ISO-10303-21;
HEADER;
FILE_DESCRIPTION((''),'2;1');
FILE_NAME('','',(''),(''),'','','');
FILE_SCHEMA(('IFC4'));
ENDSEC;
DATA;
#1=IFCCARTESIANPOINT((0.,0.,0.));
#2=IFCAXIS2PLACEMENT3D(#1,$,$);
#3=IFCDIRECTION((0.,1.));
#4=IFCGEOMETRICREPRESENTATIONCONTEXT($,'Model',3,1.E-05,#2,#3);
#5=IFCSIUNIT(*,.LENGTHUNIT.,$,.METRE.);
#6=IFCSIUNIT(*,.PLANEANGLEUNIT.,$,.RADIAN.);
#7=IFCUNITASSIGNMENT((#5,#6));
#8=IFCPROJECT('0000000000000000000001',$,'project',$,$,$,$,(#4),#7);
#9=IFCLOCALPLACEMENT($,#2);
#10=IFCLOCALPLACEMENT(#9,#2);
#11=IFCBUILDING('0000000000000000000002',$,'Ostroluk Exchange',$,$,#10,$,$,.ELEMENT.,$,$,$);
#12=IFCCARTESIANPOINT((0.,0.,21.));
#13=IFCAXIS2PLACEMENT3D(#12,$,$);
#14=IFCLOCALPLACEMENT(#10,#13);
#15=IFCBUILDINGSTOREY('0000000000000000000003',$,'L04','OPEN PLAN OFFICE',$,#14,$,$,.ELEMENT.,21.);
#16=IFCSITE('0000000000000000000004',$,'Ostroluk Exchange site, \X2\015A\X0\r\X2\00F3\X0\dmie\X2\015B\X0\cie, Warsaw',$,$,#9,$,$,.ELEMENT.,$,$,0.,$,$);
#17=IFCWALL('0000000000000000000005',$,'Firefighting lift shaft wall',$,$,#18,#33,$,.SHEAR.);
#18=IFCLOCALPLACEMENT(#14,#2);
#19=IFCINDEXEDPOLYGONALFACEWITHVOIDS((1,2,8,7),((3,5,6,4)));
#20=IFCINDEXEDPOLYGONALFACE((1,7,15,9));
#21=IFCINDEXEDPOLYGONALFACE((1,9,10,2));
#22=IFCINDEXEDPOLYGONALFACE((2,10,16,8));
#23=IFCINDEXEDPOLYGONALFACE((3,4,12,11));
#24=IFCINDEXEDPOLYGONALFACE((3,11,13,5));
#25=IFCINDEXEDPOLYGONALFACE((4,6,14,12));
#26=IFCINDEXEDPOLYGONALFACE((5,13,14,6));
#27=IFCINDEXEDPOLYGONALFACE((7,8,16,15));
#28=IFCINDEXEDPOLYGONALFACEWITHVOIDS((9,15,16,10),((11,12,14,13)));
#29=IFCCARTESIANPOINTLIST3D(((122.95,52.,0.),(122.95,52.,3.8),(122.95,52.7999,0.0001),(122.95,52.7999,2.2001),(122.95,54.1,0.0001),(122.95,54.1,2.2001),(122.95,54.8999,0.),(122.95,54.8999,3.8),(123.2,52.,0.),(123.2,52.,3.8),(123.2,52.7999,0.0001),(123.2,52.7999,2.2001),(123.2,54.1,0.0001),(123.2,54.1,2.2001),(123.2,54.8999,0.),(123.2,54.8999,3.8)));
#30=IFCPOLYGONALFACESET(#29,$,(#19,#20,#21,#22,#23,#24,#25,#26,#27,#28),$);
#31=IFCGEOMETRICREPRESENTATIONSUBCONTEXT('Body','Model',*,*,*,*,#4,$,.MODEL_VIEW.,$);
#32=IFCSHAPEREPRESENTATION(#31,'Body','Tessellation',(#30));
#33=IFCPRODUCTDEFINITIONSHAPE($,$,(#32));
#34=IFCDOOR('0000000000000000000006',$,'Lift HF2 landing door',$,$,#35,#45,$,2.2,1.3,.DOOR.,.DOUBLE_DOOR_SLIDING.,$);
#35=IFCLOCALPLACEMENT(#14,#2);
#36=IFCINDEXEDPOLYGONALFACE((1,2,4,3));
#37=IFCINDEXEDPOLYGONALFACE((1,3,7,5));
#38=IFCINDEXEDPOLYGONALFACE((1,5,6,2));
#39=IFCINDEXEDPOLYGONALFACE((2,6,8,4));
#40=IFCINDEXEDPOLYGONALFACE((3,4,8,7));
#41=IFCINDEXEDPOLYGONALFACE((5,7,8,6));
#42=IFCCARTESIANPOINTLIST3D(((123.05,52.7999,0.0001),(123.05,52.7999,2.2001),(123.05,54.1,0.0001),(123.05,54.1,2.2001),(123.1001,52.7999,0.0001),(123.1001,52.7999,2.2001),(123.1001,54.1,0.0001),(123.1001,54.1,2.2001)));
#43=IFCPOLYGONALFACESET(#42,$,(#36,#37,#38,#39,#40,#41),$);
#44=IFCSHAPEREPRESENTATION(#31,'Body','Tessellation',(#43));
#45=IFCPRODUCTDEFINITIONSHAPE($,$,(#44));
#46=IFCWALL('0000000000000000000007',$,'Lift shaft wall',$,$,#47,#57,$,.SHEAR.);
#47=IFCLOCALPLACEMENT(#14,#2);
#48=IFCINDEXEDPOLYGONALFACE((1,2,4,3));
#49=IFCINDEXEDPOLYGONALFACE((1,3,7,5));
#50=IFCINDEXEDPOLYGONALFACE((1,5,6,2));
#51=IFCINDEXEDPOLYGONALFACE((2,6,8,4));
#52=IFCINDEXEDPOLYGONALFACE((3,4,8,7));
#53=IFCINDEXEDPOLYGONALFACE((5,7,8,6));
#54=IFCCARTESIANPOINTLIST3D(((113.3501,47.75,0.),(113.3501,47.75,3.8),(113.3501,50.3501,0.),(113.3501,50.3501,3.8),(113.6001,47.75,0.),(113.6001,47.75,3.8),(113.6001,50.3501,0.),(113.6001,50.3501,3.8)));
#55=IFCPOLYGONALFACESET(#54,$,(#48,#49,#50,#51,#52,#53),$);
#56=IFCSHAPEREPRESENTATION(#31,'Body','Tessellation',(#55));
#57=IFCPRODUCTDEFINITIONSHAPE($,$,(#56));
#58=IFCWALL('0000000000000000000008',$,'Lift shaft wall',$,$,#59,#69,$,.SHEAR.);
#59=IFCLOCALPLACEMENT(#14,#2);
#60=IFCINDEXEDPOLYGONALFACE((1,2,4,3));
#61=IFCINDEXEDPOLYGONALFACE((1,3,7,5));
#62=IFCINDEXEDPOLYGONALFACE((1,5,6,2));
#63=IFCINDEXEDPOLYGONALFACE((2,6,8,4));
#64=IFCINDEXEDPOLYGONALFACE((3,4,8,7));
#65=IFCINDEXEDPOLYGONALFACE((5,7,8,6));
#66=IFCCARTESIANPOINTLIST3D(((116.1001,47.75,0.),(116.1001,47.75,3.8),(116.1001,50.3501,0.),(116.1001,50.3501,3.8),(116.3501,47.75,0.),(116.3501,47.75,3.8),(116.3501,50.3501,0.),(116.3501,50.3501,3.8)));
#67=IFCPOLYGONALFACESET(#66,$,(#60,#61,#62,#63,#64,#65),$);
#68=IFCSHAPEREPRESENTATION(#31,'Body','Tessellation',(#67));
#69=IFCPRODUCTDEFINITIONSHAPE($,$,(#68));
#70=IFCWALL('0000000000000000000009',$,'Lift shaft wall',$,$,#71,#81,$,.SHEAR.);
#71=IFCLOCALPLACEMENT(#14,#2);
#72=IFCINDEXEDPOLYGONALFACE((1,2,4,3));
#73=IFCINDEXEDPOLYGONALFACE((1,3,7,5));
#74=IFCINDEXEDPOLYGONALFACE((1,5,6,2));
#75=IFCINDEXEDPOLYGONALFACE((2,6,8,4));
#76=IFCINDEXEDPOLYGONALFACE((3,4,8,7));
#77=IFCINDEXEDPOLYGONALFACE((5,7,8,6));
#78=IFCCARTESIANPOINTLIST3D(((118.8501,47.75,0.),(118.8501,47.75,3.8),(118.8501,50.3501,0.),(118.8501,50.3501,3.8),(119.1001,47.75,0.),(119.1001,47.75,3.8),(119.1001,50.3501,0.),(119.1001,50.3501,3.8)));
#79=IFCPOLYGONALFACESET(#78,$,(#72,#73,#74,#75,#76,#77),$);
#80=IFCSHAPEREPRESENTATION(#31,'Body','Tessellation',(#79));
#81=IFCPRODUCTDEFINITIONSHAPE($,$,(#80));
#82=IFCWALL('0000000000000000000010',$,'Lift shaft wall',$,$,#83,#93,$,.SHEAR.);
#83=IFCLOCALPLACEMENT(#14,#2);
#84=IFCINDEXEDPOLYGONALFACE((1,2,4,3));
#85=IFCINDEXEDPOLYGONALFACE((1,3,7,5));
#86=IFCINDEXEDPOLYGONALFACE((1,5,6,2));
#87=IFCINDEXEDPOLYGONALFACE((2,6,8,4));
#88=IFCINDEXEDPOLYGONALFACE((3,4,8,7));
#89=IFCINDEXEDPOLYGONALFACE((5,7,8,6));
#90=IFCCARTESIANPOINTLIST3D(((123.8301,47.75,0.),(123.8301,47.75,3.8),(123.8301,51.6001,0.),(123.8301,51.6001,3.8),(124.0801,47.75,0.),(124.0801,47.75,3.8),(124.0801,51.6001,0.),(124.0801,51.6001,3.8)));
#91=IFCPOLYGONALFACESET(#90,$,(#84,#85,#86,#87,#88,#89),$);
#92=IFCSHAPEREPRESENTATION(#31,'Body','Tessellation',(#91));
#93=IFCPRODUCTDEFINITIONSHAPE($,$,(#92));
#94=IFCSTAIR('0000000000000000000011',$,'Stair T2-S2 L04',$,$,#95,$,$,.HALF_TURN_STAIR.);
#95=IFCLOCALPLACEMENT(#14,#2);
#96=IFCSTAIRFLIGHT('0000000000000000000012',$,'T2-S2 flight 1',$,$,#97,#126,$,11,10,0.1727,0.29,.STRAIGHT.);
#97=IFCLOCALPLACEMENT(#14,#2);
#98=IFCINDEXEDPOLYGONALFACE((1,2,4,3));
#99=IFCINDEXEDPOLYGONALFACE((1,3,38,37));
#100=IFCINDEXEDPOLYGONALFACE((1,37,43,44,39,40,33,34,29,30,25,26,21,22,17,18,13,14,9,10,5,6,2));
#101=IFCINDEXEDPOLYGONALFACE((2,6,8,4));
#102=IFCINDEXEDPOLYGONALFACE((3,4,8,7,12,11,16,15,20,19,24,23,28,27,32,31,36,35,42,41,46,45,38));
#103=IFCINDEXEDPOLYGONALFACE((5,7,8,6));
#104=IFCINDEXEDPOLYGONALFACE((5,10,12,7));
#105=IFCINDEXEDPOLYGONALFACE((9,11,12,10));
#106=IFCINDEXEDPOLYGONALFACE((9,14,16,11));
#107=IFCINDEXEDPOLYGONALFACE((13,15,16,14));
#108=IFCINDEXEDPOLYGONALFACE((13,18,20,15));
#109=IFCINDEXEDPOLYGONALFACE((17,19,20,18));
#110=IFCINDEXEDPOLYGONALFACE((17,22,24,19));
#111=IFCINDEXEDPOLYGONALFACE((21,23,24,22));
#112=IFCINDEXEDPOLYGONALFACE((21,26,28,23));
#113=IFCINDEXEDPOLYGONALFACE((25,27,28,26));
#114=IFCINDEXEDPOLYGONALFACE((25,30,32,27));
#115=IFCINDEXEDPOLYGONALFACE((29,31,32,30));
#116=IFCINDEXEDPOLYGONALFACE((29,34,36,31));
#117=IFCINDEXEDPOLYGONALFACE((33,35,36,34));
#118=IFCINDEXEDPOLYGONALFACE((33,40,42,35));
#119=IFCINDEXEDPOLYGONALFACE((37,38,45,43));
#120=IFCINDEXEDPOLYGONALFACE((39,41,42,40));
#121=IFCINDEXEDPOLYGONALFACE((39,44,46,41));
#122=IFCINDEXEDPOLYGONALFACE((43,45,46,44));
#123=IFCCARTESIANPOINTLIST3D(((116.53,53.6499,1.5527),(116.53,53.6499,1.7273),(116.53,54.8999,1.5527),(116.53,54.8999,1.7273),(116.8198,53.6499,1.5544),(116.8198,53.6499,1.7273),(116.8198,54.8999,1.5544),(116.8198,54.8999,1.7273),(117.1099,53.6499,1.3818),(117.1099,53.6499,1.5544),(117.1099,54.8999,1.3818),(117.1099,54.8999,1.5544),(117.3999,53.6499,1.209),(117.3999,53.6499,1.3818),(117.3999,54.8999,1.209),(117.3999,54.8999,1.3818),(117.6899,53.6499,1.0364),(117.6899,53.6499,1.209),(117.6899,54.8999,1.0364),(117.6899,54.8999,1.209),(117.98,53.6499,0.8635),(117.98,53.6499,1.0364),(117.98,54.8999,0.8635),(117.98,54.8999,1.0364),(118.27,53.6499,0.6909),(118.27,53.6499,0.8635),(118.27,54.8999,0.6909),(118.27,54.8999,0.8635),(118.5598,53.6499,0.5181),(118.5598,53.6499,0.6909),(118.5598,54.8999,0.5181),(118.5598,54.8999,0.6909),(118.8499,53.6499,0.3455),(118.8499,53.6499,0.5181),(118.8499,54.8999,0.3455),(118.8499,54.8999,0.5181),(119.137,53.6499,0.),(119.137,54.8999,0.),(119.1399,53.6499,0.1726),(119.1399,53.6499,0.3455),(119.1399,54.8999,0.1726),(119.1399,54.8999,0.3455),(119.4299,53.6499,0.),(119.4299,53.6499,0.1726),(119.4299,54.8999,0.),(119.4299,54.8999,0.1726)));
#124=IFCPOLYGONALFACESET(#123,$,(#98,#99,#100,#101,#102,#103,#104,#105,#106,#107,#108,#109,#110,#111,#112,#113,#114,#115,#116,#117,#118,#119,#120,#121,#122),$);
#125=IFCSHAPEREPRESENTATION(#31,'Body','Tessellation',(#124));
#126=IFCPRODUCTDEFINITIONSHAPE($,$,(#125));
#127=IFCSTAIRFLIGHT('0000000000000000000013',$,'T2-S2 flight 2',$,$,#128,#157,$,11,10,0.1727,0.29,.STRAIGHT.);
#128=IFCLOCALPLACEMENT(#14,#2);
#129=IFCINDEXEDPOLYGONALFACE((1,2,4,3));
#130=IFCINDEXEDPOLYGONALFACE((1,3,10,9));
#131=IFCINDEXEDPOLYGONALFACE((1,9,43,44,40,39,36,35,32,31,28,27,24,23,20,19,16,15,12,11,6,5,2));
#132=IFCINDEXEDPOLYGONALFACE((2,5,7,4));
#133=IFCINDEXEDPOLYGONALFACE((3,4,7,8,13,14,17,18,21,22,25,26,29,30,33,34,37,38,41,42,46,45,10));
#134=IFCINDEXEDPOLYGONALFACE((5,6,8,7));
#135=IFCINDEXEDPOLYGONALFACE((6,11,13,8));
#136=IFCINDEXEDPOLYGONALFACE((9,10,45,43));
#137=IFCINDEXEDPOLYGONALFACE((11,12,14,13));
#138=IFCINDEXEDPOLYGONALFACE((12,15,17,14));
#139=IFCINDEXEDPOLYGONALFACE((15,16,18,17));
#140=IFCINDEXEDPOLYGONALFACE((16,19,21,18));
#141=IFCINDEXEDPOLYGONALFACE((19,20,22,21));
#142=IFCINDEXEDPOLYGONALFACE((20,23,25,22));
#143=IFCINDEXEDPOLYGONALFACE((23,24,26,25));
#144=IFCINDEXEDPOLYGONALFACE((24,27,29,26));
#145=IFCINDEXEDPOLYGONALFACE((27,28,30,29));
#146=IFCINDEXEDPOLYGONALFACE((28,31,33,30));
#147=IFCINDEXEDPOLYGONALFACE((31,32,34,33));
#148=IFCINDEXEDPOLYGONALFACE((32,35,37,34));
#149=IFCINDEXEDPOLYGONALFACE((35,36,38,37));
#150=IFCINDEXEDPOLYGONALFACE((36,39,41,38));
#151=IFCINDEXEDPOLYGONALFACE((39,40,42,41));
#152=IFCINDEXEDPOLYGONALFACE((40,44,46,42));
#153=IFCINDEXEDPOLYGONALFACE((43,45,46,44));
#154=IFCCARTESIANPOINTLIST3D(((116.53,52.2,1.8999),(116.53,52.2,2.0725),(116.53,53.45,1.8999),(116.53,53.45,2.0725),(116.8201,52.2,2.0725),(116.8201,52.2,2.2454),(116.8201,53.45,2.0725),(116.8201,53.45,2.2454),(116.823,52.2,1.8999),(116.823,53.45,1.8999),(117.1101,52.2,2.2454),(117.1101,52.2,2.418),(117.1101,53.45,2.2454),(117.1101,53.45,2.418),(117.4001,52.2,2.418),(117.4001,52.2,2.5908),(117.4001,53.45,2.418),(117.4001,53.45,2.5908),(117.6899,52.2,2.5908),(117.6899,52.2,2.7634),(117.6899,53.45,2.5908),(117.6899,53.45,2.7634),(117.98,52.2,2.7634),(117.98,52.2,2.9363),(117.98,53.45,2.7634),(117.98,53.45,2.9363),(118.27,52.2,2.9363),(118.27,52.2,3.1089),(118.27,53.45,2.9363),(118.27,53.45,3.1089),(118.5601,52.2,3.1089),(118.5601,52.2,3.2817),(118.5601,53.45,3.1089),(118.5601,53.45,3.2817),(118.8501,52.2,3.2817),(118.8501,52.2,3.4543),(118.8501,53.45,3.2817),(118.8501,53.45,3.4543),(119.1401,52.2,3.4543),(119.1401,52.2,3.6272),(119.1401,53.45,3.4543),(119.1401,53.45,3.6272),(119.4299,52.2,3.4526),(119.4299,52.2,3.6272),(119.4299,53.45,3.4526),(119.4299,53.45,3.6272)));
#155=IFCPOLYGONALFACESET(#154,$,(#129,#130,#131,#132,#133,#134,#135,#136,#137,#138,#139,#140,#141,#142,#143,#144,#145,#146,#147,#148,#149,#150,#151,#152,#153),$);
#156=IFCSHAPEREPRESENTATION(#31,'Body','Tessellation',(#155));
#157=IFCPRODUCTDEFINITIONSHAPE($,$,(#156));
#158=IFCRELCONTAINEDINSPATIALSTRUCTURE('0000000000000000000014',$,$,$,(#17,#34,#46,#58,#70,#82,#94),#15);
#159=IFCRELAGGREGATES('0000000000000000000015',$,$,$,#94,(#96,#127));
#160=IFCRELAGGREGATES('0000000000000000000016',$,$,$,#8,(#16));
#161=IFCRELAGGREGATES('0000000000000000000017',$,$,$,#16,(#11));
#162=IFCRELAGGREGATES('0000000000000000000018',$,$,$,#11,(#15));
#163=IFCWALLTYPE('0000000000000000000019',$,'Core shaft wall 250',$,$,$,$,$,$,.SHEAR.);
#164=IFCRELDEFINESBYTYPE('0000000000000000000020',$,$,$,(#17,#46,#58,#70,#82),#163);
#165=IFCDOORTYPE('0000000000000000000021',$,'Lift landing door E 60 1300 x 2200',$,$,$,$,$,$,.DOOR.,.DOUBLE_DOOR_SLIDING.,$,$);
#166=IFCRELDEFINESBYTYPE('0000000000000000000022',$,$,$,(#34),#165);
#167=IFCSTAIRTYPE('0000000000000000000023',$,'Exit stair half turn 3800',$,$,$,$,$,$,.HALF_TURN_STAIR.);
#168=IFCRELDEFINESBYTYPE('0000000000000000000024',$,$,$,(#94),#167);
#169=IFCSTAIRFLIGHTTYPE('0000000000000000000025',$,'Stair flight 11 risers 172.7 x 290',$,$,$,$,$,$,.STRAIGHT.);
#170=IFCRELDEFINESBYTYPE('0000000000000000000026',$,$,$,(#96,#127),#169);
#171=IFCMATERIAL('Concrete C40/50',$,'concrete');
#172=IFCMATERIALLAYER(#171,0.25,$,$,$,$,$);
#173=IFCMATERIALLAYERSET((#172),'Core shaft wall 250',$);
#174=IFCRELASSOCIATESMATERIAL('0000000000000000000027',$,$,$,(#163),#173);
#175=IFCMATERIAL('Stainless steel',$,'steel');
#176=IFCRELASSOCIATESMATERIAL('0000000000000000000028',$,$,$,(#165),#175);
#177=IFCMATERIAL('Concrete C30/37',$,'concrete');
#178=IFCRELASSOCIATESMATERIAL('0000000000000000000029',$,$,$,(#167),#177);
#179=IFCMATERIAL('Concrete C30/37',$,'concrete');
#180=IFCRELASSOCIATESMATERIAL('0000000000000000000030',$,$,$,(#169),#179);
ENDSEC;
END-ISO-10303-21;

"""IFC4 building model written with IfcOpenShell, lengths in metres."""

from ifc_helpers import new_model, si_unit, direction, frame, frame_2d, origin, place, context, subcontext, project, spatial, polyline, rectangle, outline, extrude, material, layer, layer_set, type_object, element, fill, aggregate, save


model = new_model("IFC4")

# Units and contexts
model_context = context("Model", 3, precision=1e-05, world=origin(), true_north=direction((0.0, 1.0)))
body_context = subcontext(model_context, "Body", "Model", "MODEL_VIEW")
ifc_project = project(units=[si_unit("LENGTHUNIT", "METRE"), si_unit("PLANEANGLEUNIT", "RADIAN")], contexts=[model_context])

# Site, building, storey
site_placement = place(None, origin())
site = spatial("IfcSite", under=ifc_project, at=site_placement, Name="Ostroluk Exchange site, Śródmieście, Warsaw", CompositionType="ELEMENT", RefElevation=0.0)
building_placement = place(site_placement, origin())
building = spatial("IfcBuilding", under=site, at=building_placement, Name="Ostroluk Exchange", CompositionType="ELEMENT")
storey_placement = place(building_placement, frame((0.0, 0.0, 21.0)))
storey = spatial("IfcBuildingStorey", under=building, at=storey_placement, Name="L04", Description="OPEN PLAN OFFICE", CompositionType="ELEMENT", Elevation=21.0)

# Shared definitions
ifc_material_1 = material(Name="Concrete C40/50", Category="concrete")
ifc_layer_1 = layer(ifc_material_1, 0.25)
ifc_layer_set_1 = layer_set([ifc_layer_1], Name="Core shaft wall 250")
wall_type_1 = type_object("IfcWallType", Name="Core shaft wall 250", PredefinedType="SHEAR", material=ifc_layer_set_1)

# Wall, opening, door
wall_1_placement = place(storey_placement, frame((123.075, 52.0, 0.0), z_axis=(0.0, 0.0, 1.0), x_axis=(0.0, 1.0, 0.0)))
wall_1 = element("IfcWall", 1, at=wall_1_placement, inside=storey, type_object=wall_type_1, Name="Firefighting lift shaft wall", PredefinedType="SHEAR", context=body_context, shape_type="SweptSolid", body=[
    extrude(rectangle(XDim=2.8999, YDim=0.25, at=frame_2d((1.45, 0.0))), origin(), (0.0, 0.0, 1.0), 3.8),
])
opening_1_placement = place(wall_1_placement, frame((0.8, 0.0, 0.0)))
opening_1 = element("IfcOpeningElement", 2, at=opening_1_placement, cuts=wall_1, PredefinedType="OPENING", context=body_context, shape_type="SweptSolid", body=[
    extrude(rectangle(XDim=1.3, YDim=2.2, at=frame_2d((0.6499, 1.1001))), frame((0.0, 0.135, 0.0), z_axis=(0.0, -1.0, 0.0), x_axis=(1.0, 0.0, 0.0)), (0.0, 0.0, 1.0), 0.27),
])
ifc_material_2 = material(Name="Stainless steel", Category="steel")
door_type_1 = type_object("IfcDoorType", Name="Lift landing door E 60 1300 x 2200", OperationType="DOUBLE_DOOR_SLIDING", PredefinedType="DOOR", material=ifc_material_2)
door_1_placement = place(opening_1_placement, origin())
door_1 = element("IfcDoor", 3, at=door_1_placement, inside=storey, type_object=door_type_1, Name="Lift HF2 landing door", OperationType="DOUBLE_DOOR_SLIDING", OverallHeight=2.2, OverallWidth=1.3, PredefinedType="DOOR", context=body_context, shape_type="SweptSolid", body=[
    extrude(rectangle(XDim=1.3, YDim=2.2, at=frame_2d((0.6499, 1.1001))), frame((0.0, 0.0249, 0.0), z_axis=(0.0, -1.0, 0.0), x_axis=(1.0, 0.0, 0.0)), (0.0, 0.0, 1.0), 0.05),
])
fill(opening_1, door_1)

# Walls
for number, where, z_axis, x_axis, name in (
    (4, (113.4751, 47.75, 0.0), (0.0, 0.0, 1.0), (0.0, 1.0, 0.0), "Lift shaft wall"),
    (5, (116.2251, 47.75, 0.0), (0.0, 0.0, 1.0), (0.0, 1.0, 0.0), "Lift shaft wall"),
    (6, (118.9751, 47.75, 0.0), (0.0, 0.0, 1.0), (0.0, 1.0, 0.0), "Lift shaft wall"),
):
    element("IfcWall", number, at=place(storey_placement, frame(where, z_axis=z_axis, x_axis=x_axis)), inside=storey, type_object=wall_type_1, Name=name, PredefinedType="SHEAR", context=body_context, shape_type="SweptSolid", body=[
        extrude(rectangle(XDim=2.6001, YDim=0.25, at=frame_2d((1.3, 0.0))), origin(), (0.0, 0.0, 1.0), 3.8),
    ])
wall_2_placement = place(storey_placement, frame((123.9551, 47.75, 0.0), z_axis=(0.0, 0.0, 1.0), x_axis=(0.0, 1.0, 0.0)))
element("IfcWall", 7, at=wall_2_placement, inside=storey, type_object=wall_type_1, Name="Lift shaft wall", PredefinedType="SHEAR", context=body_context, shape_type="SweptSolid", body=[
    extrude(rectangle(XDim=3.8501, YDim=0.25, at=frame_2d((1.925, 0.0))), origin(), (0.0, 0.0, 1.0), 3.8),
])

# Stair, stair flights
ifc_material_3 = material(Name="Concrete C30/37", Category="concrete")
stair_type = type_object("IfcStairType", Name="Exit stair half turn 3800", PredefinedType="HALF_TURN_STAIR", material=ifc_material_3)
stair_placement = place(storey_placement, origin())
stair = element("IfcStair", 8, at=stair_placement, inside=storey, type_object=stair_type, Name="Stair T2-S2 L04", PredefinedType="HALF_TURN_STAIR")
ifc_material_4 = material(Name="Concrete C30/37", Category="concrete")
stair_flight_type = type_object("IfcStairFlightType", Name="Stair flight 11 risers 172.7 x 290", PredefinedType="STRAIGHT", material=ifc_material_4)
stair_flight_1_placement = place(storey_placement, frame((119.4299, 54.2749, 0.0), z_axis=(0.0, 0.0, 1.0), x_axis=(-1.0, 0.0, 0.0)))
stair_flight_1 = element("IfcStairFlight", 9, at=stair_flight_1_placement, type_object=stair_flight_type, Name="T2-S2 flight 1", NumberOfRisers=11, NumberOfTreads=10, PredefinedType="STRAIGHT", RiserHeight=0.1727, TreadLength=0.29, context=body_context, shape_type="SweptSolid", body=[
    extrude(outline(polyline([(0.0, 0.0), (0.0, 0.1726), (0.29, 0.1726), (0.29, 0.3455), (0.5801, 0.3455), (0.5801, 0.5181), (0.8701, 0.5181), (0.8701, 0.6909), (1.1599, 0.6909), (1.1599, 0.8635), (1.45, 0.8635), (1.45, 1.0364), (1.74, 1.0364), (1.74, 1.209), (2.03, 1.209), (2.03, 1.3818), (2.3201, 1.3818), (2.3201, 1.5544), (2.6101, 1.5544), (2.6101, 1.7273), (2.8999, 1.7273), (2.8999, 1.8999), (2.8999, 1.5527), (0.293, 0.0), (0.0, 0.0)])), frame((0.0, 0.625, 0.0), z_axis=(0.0, -1.0, 0.0), x_axis=(1.0, 0.0, 0.0)), (0.0, 0.0, 1.0), 1.25),
])
stair_flight_2_placement = place(storey_placement, frame((116.53, 52.825, 1.8999), z_axis=(0.0, 0.0, 1.0), x_axis=(1.0, 0.0, 0.0)))
stair_flight_2 = element("IfcStairFlight", 10, at=stair_flight_2_placement, type_object=stair_flight_type, Name="T2-S2 flight 2", NumberOfRisers=11, NumberOfTreads=10, PredefinedType="STRAIGHT", RiserHeight=0.1727, TreadLength=0.29, context=body_context, shape_type="SweptSolid", body=[
    extrude(outline(polyline([(0.0, 0.0), (0.0, 0.1726), (0.29, 0.1726), (0.29, 0.3455), (0.5801, 0.3455), (0.5801, 0.5181), (0.8701, 0.5181), (0.8701, 0.6909), (1.1599, 0.6909), (1.1599, 0.8635), (1.45, 0.8635), (1.45, 1.0364), (1.74, 1.0364), (1.74, 1.209), (2.03, 1.209), (2.03, 1.3818), (2.3201, 1.3818), (2.3201, 1.5544), (2.6101, 1.5544), (2.6101, 1.7273), (2.8999, 1.7273), (2.8999, 1.8999), (2.8999, 1.5527), (0.293, 0.0), (0.0, 0.0)])), frame((0.0, 0.625, 0.0), z_axis=(0.0, -1.0, 0.0), x_axis=(1.0, 0.0, 0.0)), (0.0, 0.0, 1.0), 1.25),
])
aggregate(stair, [stair_flight_1, stair_flight_2])

save(model, "model.ifc")
